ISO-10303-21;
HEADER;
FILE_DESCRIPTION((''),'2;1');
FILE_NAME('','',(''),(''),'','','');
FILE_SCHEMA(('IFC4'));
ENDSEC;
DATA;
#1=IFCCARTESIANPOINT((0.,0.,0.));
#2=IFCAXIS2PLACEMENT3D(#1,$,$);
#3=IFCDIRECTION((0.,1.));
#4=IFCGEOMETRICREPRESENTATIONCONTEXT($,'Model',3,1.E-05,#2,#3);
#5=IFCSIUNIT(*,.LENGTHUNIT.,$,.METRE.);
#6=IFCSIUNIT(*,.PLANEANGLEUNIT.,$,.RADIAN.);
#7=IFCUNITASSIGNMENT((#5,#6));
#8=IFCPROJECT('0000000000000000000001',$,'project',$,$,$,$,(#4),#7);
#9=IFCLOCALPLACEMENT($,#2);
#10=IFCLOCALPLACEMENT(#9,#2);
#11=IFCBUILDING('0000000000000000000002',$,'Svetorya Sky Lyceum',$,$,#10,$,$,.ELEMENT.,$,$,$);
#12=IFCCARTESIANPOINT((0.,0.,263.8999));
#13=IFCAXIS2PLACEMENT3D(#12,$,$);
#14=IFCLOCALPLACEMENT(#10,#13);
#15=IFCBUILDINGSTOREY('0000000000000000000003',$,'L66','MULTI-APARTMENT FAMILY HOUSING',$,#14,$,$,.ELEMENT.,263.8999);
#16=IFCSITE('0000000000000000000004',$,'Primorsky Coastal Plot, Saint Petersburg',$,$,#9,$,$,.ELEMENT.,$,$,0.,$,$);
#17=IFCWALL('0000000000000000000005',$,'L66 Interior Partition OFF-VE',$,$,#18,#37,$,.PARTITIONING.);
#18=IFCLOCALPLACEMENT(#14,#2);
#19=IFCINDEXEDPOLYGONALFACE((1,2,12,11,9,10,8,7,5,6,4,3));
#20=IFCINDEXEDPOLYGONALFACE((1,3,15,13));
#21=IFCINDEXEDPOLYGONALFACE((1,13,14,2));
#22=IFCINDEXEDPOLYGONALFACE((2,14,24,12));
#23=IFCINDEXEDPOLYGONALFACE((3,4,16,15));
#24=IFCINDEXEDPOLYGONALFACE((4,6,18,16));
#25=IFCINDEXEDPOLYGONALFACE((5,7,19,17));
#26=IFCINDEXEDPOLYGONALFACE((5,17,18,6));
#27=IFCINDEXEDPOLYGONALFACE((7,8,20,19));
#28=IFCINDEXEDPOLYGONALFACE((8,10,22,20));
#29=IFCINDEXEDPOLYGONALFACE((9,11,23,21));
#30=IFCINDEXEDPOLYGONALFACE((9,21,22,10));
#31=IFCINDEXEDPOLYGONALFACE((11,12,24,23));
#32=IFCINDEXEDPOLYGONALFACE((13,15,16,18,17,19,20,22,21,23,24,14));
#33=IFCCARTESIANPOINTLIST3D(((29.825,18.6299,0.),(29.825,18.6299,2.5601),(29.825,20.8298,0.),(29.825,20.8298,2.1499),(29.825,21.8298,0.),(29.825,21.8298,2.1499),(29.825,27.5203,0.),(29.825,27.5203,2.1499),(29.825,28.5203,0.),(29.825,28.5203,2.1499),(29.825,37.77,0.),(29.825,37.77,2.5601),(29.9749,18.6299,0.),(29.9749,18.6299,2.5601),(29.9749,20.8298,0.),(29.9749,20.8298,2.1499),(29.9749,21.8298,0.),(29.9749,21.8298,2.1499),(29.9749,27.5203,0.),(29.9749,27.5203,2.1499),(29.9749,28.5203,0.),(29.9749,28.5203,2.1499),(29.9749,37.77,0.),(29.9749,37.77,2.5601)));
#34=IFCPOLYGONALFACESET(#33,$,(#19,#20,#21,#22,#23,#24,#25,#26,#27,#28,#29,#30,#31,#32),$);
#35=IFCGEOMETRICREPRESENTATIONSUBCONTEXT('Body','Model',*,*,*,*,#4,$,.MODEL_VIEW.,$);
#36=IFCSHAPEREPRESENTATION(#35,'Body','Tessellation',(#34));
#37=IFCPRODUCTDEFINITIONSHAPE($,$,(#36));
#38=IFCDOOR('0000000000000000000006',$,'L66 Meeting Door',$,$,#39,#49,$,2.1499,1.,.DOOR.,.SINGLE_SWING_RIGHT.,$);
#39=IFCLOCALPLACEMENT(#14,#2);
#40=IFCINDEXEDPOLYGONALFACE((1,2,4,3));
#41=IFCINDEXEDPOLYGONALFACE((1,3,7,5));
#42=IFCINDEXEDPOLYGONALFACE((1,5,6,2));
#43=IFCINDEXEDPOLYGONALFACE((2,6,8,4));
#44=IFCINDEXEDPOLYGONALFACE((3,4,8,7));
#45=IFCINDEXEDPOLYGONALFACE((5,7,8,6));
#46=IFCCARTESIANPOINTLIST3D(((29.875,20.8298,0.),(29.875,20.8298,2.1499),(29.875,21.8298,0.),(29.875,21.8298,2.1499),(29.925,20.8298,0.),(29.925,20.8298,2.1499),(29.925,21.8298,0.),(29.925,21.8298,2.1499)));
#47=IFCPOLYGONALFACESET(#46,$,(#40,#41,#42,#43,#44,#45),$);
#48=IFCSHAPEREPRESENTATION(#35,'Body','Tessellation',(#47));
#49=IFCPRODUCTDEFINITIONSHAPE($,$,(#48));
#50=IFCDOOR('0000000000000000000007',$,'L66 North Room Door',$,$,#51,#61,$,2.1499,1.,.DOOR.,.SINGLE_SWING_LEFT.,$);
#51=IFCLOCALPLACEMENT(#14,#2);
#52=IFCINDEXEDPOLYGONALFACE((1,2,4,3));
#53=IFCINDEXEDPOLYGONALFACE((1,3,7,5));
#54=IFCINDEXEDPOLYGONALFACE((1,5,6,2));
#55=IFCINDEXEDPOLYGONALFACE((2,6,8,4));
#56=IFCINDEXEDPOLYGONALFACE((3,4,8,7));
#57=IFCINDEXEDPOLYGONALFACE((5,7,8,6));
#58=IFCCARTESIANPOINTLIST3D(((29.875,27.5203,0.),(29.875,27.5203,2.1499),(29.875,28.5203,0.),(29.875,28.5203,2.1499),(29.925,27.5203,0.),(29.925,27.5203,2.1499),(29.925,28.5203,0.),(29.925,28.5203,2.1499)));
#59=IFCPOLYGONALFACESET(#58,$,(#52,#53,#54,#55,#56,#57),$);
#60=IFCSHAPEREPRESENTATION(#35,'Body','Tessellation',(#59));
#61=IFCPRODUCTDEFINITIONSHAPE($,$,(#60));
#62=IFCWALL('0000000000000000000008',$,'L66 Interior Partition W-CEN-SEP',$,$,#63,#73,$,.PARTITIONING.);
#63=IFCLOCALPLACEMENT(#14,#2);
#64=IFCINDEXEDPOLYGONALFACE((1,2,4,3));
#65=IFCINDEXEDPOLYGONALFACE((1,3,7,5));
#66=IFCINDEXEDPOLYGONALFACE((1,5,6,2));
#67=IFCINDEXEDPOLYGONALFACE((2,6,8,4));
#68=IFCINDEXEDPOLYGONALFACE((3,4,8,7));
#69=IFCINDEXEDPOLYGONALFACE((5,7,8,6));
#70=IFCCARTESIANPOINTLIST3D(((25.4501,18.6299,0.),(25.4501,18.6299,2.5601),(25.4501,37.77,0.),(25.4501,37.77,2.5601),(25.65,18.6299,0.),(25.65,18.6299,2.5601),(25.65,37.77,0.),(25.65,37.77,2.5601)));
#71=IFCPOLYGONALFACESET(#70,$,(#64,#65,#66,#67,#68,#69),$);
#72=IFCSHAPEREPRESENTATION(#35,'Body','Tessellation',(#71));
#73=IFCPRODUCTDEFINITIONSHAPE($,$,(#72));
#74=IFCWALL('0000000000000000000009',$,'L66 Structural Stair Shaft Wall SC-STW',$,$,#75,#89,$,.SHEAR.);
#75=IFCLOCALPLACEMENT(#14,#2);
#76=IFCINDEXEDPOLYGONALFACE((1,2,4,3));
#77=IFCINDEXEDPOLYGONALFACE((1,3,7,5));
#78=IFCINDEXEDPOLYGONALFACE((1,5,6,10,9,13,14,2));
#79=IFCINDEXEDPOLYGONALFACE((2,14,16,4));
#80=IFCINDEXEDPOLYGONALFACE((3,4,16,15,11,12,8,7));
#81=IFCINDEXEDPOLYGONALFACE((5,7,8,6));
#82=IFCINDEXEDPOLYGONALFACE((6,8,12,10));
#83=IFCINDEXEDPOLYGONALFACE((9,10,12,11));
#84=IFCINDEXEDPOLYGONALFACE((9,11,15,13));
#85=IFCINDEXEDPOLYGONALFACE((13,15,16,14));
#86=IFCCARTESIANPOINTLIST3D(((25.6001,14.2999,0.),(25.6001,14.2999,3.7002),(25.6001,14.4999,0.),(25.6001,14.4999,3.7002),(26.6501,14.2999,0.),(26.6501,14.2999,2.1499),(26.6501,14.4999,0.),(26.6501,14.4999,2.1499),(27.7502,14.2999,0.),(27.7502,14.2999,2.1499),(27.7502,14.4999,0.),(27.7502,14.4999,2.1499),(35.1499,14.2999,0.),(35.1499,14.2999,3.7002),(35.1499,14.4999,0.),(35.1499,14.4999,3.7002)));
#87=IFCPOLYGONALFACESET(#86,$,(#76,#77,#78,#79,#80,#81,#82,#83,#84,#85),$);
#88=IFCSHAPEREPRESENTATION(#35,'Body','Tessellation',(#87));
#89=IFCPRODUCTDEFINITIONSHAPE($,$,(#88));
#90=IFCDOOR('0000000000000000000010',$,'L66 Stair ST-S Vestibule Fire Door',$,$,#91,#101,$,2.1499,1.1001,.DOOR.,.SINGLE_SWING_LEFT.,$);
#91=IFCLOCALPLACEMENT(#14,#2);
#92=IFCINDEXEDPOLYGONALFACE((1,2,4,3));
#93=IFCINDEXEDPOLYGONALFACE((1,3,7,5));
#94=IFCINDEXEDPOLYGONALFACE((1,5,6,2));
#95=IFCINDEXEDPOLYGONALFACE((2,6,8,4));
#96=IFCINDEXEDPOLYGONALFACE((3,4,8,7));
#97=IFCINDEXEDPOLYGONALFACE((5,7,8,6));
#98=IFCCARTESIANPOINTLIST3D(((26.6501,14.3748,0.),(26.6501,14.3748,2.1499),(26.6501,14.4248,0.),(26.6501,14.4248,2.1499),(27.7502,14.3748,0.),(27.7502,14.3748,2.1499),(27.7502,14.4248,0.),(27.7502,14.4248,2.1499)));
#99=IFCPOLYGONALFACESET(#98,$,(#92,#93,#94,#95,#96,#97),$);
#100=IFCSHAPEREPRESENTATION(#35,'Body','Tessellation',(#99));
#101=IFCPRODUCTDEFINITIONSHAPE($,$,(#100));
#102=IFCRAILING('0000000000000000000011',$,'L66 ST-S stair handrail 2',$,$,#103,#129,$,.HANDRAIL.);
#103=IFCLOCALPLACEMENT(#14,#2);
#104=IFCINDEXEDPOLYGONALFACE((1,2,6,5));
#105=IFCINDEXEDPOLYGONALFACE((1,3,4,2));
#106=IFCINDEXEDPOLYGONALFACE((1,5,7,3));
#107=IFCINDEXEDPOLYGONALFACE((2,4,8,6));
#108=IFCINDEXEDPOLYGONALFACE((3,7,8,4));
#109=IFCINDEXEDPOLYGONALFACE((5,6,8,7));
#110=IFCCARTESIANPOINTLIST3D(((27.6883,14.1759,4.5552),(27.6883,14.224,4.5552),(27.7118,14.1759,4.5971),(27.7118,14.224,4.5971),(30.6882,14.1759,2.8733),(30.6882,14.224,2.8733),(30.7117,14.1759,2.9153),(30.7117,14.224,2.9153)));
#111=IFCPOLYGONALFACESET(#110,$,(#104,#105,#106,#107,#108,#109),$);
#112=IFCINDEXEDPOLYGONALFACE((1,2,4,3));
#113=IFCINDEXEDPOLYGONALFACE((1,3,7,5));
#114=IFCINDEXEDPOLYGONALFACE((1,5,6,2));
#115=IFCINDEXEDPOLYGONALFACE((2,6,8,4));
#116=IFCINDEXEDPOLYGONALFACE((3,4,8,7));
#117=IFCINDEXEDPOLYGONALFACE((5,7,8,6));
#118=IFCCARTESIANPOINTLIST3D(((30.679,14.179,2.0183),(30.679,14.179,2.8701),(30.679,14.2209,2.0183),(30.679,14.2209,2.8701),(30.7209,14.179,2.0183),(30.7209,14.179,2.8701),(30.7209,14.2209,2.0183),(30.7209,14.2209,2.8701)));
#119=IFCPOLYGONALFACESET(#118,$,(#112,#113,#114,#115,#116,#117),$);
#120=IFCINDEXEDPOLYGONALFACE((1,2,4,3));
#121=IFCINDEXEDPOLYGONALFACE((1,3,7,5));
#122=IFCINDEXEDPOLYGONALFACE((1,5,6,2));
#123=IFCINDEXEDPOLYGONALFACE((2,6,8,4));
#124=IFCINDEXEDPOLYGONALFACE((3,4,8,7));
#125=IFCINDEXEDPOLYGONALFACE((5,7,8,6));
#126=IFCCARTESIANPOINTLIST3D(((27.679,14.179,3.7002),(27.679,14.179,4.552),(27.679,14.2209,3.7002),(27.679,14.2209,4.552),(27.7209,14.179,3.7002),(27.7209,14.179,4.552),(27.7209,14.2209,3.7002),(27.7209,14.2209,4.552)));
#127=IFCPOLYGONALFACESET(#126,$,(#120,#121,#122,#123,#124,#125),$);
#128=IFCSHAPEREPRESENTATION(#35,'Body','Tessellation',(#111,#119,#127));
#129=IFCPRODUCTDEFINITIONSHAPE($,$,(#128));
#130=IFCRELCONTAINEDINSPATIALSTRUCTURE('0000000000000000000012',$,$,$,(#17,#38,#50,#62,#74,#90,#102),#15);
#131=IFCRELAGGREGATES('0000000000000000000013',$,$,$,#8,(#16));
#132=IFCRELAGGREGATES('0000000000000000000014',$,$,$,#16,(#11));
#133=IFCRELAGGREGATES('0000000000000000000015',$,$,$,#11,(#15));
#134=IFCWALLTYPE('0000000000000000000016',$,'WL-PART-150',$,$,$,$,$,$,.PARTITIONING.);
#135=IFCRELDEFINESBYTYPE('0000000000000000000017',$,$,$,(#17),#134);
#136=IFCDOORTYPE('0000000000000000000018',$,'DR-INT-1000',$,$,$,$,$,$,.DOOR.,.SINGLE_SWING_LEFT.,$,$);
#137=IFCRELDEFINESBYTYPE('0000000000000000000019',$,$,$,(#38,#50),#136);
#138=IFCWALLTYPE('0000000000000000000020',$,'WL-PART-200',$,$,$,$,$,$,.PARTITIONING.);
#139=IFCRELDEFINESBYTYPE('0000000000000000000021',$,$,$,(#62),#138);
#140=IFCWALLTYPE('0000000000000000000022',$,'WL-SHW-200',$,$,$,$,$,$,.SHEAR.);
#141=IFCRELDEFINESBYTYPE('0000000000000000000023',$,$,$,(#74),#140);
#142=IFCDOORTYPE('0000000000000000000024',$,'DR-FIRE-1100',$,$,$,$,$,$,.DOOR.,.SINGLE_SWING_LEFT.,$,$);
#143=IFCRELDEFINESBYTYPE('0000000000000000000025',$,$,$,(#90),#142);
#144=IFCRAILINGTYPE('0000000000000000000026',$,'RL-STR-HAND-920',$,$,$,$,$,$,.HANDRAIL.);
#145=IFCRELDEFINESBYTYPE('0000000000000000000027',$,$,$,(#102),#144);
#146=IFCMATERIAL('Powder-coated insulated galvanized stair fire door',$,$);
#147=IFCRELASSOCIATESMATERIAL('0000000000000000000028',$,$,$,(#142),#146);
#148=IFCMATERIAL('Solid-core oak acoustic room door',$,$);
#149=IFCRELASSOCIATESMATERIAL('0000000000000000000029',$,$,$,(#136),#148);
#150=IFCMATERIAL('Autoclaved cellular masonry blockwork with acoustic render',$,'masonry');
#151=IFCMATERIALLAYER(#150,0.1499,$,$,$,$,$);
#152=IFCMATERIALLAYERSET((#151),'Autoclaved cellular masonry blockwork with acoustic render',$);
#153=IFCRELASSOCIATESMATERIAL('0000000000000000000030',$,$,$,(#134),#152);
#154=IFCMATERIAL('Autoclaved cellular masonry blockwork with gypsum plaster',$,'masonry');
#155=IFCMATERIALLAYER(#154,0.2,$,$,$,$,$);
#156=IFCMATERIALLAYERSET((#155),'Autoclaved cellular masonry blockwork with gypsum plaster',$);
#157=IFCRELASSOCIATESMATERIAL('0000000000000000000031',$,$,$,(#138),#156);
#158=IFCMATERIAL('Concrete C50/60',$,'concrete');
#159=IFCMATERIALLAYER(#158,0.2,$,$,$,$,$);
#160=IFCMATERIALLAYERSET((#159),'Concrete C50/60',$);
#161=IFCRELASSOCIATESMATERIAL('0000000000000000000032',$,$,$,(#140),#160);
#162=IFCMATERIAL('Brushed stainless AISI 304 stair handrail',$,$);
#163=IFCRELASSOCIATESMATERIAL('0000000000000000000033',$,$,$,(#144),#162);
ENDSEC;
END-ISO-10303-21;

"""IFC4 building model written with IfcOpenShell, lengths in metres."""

from ifc_helpers import new_model, si_unit, direction, frame, frame_2d, origin, origin_2d, place, context, subcontext, project, spatial, rectangle, extrude, material, layer, layer_set, type_object, element, fill, save


model = new_model("IFC4")

# Units and contexts
model_context = context("Model", 3, precision=1e-05, world=origin(), true_north=direction((0.0, 1.0)))
body_context = subcontext(model_context, "Body", "Model", "MODEL_VIEW")
ifc_project = project(units=[si_unit("LENGTHUNIT", "METRE"), si_unit("PLANEANGLEUNIT", "RADIAN")], contexts=[model_context])

# Site, building, storey
site_placement = place(None, origin())
site = spatial("IfcSite", under=ifc_project, at=site_placement, Name="Primorsky Coastal Plot, Saint Petersburg", CompositionType="ELEMENT", RefElevation=0.0)
building_placement = place(site_placement, origin())
building = spatial("IfcBuilding", under=site, at=building_placement, Name="Svetorya Sky Lyceum", CompositionType="ELEMENT")
storey_placement = place(building_placement, frame((0.0, 0.0, 263.8999)))
storey = spatial("IfcBuildingStorey", under=building, at=storey_placement, Name="L66", Description="MULTI-APARTMENT FAMILY HOUSING", CompositionType="ELEMENT", Elevation=263.8999)

# Shared definitions
ifc_material_1 = material(Name="Concrete C50/60", Category="concrete")
ifc_material_2 = material(Name="Powder-coated insulated galvanized stair fire door")
door_type_1 = type_object("IfcDoorType", Name="DR-FIRE-1100", OperationType="SINGLE_SWING_LEFT", PredefinedType="DOOR", material=ifc_material_2)
ifc_material_3 = material(Name="Solid-core oak acoustic room door")
door_type_2 = type_object("IfcDoorType", Name="DR-INT-1000", OperationType="SINGLE_SWING_LEFT", PredefinedType="DOOR", material=ifc_material_3)

# Shared definitions
ifc_material_4 = material(Name="Autoclaved cellular masonry blockwork with acoustic render", Category="masonry")
ifc_layer_1 = layer(ifc_material_4, 0.1499)
ifc_layer_set_1 = layer_set([ifc_layer_1], Name="Autoclaved cellular masonry blockwork with acoustic render")
wall_type_1 = type_object("IfcWallType", Name="WL-PART-150", PredefinedType="PARTITIONING", material=ifc_layer_set_1)

# Wall, openings, doors
wall_1_placement = place(storey_placement, frame((29.8999, 18.6299, 0.0), z_axis=(0.0, 0.0, 1.0), x_axis=(0.0, 1.0, 0.0)))
wall_1 = element("IfcWall", 1, at=wall_1_placement, inside=storey, type_object=wall_type_1, Name="L66 Interior Partition OFF-VE", PredefinedType="PARTITIONING", context=body_context, shape_type="SweptSolid", body=[
    extrude(rectangle(XDim=19.1401, YDim=0.1499, at=frame_2d((9.5701, 0.0))), origin(), (0.0, 0.0, 1.0), 2.5601),
])
opening_1_placement = place(wall_1_placement, frame((2.2, 0.0, 0.0)))
opening_1 = element("IfcOpeningElement", 2, at=opening_1_placement, cuts=wall_1, PredefinedType="OPENING", context=body_context, shape_type="SweptSolid", body=[
    extrude(rectangle(XDim=1.0, YDim=2.1499, at=frame_2d((0.5, 1.075))), frame((0.0, 0.085, 0.0), z_axis=(0.0, -1.0, 0.0), x_axis=(1.0, 0.0, 0.0)), (0.0, 0.0, 1.0), 0.1699),
])
opening_2_placement = place(wall_1_placement, frame((8.8904, 0.0, 0.0)))
opening_2 = element("IfcOpeningElement", 3, at=opening_2_placement, cuts=wall_1, PredefinedType="OPENING", context=body_context, shape_type="SweptSolid", body=[
    extrude(rectangle(XDim=1.0, YDim=2.1499, at=frame_2d((0.5, 1.075))), frame((0.0, 0.085, 0.0), z_axis=(0.0, -1.0, 0.0), x_axis=(1.0, 0.0, 0.0)), (0.0, 0.0, 1.0), 0.1699),
])
door_1_placement = place(opening_1_placement, origin())
door_1 = element("IfcDoor", 4, at=door_1_placement, inside=storey, type_object=door_type_2, Name="L66 Meeting Door", OperationType="SINGLE_SWING_RIGHT", OverallHeight=2.1499, OverallWidth=1.0, PredefinedType="DOOR", context=body_context, shape_type="SweptSolid", body=[
    extrude(rectangle(XDim=1.0, YDim=2.1499, at=frame_2d((0.5, 1.075))), frame((0.0, 0.0249, 0.0), z_axis=(0.0, -1.0, 0.0), x_axis=(1.0, 0.0, 0.0)), (0.0, 0.0, 1.0), 0.05),
])
fill(opening_1, door_1)
door_2_placement = place(opening_2_placement, origin())
door_2 = element("IfcDoor", 5, at=door_2_placement, inside=storey, type_object=door_type_2, Name="L66 North Room Door", OperationType="SINGLE_SWING_LEFT", OverallHeight=2.1499, OverallWidth=1.0, PredefinedType="DOOR", context=body_context, shape_type="SweptSolid", body=[
    extrude(rectangle(XDim=1.0, YDim=2.1499, at=frame_2d((0.5, 1.075))), frame((0.0, 0.0249, 0.0), z_axis=(0.0, -1.0, 0.0), x_axis=(1.0, 0.0, 0.0)), (0.0, 0.0, 1.0), 0.05),
])
fill(opening_2, door_2)

# Wall
ifc_material_5 = material(Name="Autoclaved cellular masonry blockwork with gypsum plaster", Category="masonry")
ifc_layer_2 = layer(ifc_material_5, 0.2)
ifc_layer_set_2 = layer_set([ifc_layer_2], Name="Autoclaved cellular masonry blockwork with gypsum plaster")
wall_type_2 = type_object("IfcWallType", Name="WL-PART-200", PredefinedType="PARTITIONING", material=ifc_layer_set_2)
wall_2_placement = place(storey_placement, frame((25.55, 18.6299, 0.0), z_axis=(0.0, 0.0, 1.0), x_axis=(0.0, 1.0, 0.0)))
element("IfcWall", 6, at=wall_2_placement, inside=storey, type_object=wall_type_2, Name="L66 Interior Partition W-CEN-SEP", PredefinedType="PARTITIONING", context=body_context, shape_type="SweptSolid", body=[
    extrude(rectangle(XDim=19.1401, YDim=0.2, at=frame_2d((9.5701, 0.0))), origin(), (0.0, 0.0, 1.0), 2.5601),
])

# Wall, opening, door
ifc_layer_3 = layer(ifc_material_1, 0.2)
ifc_layer_set_3 = layer_set([ifc_layer_3], Name="Concrete C50/60")
wall_type_3 = type_object("IfcWallType", Name="WL-SHW-200", PredefinedType="SHEAR", material=ifc_layer_set_3)
wall_3_placement = place(storey_placement, frame((25.6001, 14.3999, 0.0), z_axis=(0.0, 0.0, 1.0), x_axis=(1.0, 0.0, 0.0)))
wall_3 = element("IfcWall", 7, at=wall_3_placement, inside=storey, type_object=wall_type_3, Name="L66 Structural Stair Shaft Wall SC-STW", PredefinedType="SHEAR", context=body_context, shape_type="SweptSolid", body=[
    extrude(rectangle(XDim=9.5498, YDim=0.2, at=frame_2d((4.7749, 0.0))), origin(), (0.0, 0.0, 1.0), 3.7002),
])
opening_3_placement = place(wall_3_placement, frame((1.05, 0.0, 0.0)))
opening_3 = element("IfcOpeningElement", 8, at=opening_3_placement, cuts=wall_3, PredefinedType="OPENING", context=body_context, shape_type="SweptSolid", body=[
    extrude(rectangle(XDim=1.1001, YDim=2.1499, at=frame_2d((0.55, 1.075))), frame((0.0, 0.1099, 0.0), z_axis=(0.0, -1.0, 0.0), x_axis=(1.0, 0.0, 0.0)), (0.0, 0.0, 1.0), 0.22),
])
door_3_placement = place(opening_3_placement, origin())
door_3 = element("IfcDoor", 9, at=door_3_placement, inside=storey, type_object=door_type_1, Name="L66 Stair ST-S Vestibule Fire Door", OperationType="SINGLE_SWING_LEFT", OverallHeight=2.1499, OverallWidth=1.1001, PredefinedType="DOOR", context=body_context, shape_type="SweptSolid", body=[
    extrude(rectangle(XDim=1.1001, YDim=2.1499, at=frame_2d((0.55, 1.075))), frame((0.0, 0.0249, 0.0), z_axis=(0.0, -1.0, 0.0), x_axis=(1.0, 0.0, 0.0)), (0.0, 0.0, 1.0), 0.05),
])
fill(opening_3, door_3)

# Railing
ifc_material_6 = material(Name="Brushed stainless AISI 304 stair handrail")
railing_type = type_object("IfcRailingType", Name="RL-STR-HAND-920", PredefinedType="HANDRAIL", material=ifc_material_6)
railing_placement = place(storey_placement, frame((30.7, 14.2, 2.0183)))
element("IfcRailing", 10, at=railing_placement, inside=storey, type_object=railing_type, Name="L66 ST-S stair handrail 2", PredefinedType="HANDRAIL", context=body_context, shape_type="SweptSolid", body=[
    extrude(rectangle(XDim=0.0481, YDim=0.0481, at=origin_2d()), frame((0.0, 0.0, 0.876), z_axis=(-0.872272, 0.0, 0.48902), x_axis=(0.0, -1.0, 0.0)), (0.0, 0.0, 1.0), 3.4392),
    extrude(rectangle(XDim=0.042, YDim=0.042, at=origin_2d()), origin(), (0.0, 0.0, 1.0), 0.8518),
    extrude(rectangle(XDim=0.042, YDim=0.042, at=origin_2d()), frame((-3.0, 0.0, 1.6819)), (0.0, 0.0, 1.0), 0.8518),
])

save(model, "model.ifc")
